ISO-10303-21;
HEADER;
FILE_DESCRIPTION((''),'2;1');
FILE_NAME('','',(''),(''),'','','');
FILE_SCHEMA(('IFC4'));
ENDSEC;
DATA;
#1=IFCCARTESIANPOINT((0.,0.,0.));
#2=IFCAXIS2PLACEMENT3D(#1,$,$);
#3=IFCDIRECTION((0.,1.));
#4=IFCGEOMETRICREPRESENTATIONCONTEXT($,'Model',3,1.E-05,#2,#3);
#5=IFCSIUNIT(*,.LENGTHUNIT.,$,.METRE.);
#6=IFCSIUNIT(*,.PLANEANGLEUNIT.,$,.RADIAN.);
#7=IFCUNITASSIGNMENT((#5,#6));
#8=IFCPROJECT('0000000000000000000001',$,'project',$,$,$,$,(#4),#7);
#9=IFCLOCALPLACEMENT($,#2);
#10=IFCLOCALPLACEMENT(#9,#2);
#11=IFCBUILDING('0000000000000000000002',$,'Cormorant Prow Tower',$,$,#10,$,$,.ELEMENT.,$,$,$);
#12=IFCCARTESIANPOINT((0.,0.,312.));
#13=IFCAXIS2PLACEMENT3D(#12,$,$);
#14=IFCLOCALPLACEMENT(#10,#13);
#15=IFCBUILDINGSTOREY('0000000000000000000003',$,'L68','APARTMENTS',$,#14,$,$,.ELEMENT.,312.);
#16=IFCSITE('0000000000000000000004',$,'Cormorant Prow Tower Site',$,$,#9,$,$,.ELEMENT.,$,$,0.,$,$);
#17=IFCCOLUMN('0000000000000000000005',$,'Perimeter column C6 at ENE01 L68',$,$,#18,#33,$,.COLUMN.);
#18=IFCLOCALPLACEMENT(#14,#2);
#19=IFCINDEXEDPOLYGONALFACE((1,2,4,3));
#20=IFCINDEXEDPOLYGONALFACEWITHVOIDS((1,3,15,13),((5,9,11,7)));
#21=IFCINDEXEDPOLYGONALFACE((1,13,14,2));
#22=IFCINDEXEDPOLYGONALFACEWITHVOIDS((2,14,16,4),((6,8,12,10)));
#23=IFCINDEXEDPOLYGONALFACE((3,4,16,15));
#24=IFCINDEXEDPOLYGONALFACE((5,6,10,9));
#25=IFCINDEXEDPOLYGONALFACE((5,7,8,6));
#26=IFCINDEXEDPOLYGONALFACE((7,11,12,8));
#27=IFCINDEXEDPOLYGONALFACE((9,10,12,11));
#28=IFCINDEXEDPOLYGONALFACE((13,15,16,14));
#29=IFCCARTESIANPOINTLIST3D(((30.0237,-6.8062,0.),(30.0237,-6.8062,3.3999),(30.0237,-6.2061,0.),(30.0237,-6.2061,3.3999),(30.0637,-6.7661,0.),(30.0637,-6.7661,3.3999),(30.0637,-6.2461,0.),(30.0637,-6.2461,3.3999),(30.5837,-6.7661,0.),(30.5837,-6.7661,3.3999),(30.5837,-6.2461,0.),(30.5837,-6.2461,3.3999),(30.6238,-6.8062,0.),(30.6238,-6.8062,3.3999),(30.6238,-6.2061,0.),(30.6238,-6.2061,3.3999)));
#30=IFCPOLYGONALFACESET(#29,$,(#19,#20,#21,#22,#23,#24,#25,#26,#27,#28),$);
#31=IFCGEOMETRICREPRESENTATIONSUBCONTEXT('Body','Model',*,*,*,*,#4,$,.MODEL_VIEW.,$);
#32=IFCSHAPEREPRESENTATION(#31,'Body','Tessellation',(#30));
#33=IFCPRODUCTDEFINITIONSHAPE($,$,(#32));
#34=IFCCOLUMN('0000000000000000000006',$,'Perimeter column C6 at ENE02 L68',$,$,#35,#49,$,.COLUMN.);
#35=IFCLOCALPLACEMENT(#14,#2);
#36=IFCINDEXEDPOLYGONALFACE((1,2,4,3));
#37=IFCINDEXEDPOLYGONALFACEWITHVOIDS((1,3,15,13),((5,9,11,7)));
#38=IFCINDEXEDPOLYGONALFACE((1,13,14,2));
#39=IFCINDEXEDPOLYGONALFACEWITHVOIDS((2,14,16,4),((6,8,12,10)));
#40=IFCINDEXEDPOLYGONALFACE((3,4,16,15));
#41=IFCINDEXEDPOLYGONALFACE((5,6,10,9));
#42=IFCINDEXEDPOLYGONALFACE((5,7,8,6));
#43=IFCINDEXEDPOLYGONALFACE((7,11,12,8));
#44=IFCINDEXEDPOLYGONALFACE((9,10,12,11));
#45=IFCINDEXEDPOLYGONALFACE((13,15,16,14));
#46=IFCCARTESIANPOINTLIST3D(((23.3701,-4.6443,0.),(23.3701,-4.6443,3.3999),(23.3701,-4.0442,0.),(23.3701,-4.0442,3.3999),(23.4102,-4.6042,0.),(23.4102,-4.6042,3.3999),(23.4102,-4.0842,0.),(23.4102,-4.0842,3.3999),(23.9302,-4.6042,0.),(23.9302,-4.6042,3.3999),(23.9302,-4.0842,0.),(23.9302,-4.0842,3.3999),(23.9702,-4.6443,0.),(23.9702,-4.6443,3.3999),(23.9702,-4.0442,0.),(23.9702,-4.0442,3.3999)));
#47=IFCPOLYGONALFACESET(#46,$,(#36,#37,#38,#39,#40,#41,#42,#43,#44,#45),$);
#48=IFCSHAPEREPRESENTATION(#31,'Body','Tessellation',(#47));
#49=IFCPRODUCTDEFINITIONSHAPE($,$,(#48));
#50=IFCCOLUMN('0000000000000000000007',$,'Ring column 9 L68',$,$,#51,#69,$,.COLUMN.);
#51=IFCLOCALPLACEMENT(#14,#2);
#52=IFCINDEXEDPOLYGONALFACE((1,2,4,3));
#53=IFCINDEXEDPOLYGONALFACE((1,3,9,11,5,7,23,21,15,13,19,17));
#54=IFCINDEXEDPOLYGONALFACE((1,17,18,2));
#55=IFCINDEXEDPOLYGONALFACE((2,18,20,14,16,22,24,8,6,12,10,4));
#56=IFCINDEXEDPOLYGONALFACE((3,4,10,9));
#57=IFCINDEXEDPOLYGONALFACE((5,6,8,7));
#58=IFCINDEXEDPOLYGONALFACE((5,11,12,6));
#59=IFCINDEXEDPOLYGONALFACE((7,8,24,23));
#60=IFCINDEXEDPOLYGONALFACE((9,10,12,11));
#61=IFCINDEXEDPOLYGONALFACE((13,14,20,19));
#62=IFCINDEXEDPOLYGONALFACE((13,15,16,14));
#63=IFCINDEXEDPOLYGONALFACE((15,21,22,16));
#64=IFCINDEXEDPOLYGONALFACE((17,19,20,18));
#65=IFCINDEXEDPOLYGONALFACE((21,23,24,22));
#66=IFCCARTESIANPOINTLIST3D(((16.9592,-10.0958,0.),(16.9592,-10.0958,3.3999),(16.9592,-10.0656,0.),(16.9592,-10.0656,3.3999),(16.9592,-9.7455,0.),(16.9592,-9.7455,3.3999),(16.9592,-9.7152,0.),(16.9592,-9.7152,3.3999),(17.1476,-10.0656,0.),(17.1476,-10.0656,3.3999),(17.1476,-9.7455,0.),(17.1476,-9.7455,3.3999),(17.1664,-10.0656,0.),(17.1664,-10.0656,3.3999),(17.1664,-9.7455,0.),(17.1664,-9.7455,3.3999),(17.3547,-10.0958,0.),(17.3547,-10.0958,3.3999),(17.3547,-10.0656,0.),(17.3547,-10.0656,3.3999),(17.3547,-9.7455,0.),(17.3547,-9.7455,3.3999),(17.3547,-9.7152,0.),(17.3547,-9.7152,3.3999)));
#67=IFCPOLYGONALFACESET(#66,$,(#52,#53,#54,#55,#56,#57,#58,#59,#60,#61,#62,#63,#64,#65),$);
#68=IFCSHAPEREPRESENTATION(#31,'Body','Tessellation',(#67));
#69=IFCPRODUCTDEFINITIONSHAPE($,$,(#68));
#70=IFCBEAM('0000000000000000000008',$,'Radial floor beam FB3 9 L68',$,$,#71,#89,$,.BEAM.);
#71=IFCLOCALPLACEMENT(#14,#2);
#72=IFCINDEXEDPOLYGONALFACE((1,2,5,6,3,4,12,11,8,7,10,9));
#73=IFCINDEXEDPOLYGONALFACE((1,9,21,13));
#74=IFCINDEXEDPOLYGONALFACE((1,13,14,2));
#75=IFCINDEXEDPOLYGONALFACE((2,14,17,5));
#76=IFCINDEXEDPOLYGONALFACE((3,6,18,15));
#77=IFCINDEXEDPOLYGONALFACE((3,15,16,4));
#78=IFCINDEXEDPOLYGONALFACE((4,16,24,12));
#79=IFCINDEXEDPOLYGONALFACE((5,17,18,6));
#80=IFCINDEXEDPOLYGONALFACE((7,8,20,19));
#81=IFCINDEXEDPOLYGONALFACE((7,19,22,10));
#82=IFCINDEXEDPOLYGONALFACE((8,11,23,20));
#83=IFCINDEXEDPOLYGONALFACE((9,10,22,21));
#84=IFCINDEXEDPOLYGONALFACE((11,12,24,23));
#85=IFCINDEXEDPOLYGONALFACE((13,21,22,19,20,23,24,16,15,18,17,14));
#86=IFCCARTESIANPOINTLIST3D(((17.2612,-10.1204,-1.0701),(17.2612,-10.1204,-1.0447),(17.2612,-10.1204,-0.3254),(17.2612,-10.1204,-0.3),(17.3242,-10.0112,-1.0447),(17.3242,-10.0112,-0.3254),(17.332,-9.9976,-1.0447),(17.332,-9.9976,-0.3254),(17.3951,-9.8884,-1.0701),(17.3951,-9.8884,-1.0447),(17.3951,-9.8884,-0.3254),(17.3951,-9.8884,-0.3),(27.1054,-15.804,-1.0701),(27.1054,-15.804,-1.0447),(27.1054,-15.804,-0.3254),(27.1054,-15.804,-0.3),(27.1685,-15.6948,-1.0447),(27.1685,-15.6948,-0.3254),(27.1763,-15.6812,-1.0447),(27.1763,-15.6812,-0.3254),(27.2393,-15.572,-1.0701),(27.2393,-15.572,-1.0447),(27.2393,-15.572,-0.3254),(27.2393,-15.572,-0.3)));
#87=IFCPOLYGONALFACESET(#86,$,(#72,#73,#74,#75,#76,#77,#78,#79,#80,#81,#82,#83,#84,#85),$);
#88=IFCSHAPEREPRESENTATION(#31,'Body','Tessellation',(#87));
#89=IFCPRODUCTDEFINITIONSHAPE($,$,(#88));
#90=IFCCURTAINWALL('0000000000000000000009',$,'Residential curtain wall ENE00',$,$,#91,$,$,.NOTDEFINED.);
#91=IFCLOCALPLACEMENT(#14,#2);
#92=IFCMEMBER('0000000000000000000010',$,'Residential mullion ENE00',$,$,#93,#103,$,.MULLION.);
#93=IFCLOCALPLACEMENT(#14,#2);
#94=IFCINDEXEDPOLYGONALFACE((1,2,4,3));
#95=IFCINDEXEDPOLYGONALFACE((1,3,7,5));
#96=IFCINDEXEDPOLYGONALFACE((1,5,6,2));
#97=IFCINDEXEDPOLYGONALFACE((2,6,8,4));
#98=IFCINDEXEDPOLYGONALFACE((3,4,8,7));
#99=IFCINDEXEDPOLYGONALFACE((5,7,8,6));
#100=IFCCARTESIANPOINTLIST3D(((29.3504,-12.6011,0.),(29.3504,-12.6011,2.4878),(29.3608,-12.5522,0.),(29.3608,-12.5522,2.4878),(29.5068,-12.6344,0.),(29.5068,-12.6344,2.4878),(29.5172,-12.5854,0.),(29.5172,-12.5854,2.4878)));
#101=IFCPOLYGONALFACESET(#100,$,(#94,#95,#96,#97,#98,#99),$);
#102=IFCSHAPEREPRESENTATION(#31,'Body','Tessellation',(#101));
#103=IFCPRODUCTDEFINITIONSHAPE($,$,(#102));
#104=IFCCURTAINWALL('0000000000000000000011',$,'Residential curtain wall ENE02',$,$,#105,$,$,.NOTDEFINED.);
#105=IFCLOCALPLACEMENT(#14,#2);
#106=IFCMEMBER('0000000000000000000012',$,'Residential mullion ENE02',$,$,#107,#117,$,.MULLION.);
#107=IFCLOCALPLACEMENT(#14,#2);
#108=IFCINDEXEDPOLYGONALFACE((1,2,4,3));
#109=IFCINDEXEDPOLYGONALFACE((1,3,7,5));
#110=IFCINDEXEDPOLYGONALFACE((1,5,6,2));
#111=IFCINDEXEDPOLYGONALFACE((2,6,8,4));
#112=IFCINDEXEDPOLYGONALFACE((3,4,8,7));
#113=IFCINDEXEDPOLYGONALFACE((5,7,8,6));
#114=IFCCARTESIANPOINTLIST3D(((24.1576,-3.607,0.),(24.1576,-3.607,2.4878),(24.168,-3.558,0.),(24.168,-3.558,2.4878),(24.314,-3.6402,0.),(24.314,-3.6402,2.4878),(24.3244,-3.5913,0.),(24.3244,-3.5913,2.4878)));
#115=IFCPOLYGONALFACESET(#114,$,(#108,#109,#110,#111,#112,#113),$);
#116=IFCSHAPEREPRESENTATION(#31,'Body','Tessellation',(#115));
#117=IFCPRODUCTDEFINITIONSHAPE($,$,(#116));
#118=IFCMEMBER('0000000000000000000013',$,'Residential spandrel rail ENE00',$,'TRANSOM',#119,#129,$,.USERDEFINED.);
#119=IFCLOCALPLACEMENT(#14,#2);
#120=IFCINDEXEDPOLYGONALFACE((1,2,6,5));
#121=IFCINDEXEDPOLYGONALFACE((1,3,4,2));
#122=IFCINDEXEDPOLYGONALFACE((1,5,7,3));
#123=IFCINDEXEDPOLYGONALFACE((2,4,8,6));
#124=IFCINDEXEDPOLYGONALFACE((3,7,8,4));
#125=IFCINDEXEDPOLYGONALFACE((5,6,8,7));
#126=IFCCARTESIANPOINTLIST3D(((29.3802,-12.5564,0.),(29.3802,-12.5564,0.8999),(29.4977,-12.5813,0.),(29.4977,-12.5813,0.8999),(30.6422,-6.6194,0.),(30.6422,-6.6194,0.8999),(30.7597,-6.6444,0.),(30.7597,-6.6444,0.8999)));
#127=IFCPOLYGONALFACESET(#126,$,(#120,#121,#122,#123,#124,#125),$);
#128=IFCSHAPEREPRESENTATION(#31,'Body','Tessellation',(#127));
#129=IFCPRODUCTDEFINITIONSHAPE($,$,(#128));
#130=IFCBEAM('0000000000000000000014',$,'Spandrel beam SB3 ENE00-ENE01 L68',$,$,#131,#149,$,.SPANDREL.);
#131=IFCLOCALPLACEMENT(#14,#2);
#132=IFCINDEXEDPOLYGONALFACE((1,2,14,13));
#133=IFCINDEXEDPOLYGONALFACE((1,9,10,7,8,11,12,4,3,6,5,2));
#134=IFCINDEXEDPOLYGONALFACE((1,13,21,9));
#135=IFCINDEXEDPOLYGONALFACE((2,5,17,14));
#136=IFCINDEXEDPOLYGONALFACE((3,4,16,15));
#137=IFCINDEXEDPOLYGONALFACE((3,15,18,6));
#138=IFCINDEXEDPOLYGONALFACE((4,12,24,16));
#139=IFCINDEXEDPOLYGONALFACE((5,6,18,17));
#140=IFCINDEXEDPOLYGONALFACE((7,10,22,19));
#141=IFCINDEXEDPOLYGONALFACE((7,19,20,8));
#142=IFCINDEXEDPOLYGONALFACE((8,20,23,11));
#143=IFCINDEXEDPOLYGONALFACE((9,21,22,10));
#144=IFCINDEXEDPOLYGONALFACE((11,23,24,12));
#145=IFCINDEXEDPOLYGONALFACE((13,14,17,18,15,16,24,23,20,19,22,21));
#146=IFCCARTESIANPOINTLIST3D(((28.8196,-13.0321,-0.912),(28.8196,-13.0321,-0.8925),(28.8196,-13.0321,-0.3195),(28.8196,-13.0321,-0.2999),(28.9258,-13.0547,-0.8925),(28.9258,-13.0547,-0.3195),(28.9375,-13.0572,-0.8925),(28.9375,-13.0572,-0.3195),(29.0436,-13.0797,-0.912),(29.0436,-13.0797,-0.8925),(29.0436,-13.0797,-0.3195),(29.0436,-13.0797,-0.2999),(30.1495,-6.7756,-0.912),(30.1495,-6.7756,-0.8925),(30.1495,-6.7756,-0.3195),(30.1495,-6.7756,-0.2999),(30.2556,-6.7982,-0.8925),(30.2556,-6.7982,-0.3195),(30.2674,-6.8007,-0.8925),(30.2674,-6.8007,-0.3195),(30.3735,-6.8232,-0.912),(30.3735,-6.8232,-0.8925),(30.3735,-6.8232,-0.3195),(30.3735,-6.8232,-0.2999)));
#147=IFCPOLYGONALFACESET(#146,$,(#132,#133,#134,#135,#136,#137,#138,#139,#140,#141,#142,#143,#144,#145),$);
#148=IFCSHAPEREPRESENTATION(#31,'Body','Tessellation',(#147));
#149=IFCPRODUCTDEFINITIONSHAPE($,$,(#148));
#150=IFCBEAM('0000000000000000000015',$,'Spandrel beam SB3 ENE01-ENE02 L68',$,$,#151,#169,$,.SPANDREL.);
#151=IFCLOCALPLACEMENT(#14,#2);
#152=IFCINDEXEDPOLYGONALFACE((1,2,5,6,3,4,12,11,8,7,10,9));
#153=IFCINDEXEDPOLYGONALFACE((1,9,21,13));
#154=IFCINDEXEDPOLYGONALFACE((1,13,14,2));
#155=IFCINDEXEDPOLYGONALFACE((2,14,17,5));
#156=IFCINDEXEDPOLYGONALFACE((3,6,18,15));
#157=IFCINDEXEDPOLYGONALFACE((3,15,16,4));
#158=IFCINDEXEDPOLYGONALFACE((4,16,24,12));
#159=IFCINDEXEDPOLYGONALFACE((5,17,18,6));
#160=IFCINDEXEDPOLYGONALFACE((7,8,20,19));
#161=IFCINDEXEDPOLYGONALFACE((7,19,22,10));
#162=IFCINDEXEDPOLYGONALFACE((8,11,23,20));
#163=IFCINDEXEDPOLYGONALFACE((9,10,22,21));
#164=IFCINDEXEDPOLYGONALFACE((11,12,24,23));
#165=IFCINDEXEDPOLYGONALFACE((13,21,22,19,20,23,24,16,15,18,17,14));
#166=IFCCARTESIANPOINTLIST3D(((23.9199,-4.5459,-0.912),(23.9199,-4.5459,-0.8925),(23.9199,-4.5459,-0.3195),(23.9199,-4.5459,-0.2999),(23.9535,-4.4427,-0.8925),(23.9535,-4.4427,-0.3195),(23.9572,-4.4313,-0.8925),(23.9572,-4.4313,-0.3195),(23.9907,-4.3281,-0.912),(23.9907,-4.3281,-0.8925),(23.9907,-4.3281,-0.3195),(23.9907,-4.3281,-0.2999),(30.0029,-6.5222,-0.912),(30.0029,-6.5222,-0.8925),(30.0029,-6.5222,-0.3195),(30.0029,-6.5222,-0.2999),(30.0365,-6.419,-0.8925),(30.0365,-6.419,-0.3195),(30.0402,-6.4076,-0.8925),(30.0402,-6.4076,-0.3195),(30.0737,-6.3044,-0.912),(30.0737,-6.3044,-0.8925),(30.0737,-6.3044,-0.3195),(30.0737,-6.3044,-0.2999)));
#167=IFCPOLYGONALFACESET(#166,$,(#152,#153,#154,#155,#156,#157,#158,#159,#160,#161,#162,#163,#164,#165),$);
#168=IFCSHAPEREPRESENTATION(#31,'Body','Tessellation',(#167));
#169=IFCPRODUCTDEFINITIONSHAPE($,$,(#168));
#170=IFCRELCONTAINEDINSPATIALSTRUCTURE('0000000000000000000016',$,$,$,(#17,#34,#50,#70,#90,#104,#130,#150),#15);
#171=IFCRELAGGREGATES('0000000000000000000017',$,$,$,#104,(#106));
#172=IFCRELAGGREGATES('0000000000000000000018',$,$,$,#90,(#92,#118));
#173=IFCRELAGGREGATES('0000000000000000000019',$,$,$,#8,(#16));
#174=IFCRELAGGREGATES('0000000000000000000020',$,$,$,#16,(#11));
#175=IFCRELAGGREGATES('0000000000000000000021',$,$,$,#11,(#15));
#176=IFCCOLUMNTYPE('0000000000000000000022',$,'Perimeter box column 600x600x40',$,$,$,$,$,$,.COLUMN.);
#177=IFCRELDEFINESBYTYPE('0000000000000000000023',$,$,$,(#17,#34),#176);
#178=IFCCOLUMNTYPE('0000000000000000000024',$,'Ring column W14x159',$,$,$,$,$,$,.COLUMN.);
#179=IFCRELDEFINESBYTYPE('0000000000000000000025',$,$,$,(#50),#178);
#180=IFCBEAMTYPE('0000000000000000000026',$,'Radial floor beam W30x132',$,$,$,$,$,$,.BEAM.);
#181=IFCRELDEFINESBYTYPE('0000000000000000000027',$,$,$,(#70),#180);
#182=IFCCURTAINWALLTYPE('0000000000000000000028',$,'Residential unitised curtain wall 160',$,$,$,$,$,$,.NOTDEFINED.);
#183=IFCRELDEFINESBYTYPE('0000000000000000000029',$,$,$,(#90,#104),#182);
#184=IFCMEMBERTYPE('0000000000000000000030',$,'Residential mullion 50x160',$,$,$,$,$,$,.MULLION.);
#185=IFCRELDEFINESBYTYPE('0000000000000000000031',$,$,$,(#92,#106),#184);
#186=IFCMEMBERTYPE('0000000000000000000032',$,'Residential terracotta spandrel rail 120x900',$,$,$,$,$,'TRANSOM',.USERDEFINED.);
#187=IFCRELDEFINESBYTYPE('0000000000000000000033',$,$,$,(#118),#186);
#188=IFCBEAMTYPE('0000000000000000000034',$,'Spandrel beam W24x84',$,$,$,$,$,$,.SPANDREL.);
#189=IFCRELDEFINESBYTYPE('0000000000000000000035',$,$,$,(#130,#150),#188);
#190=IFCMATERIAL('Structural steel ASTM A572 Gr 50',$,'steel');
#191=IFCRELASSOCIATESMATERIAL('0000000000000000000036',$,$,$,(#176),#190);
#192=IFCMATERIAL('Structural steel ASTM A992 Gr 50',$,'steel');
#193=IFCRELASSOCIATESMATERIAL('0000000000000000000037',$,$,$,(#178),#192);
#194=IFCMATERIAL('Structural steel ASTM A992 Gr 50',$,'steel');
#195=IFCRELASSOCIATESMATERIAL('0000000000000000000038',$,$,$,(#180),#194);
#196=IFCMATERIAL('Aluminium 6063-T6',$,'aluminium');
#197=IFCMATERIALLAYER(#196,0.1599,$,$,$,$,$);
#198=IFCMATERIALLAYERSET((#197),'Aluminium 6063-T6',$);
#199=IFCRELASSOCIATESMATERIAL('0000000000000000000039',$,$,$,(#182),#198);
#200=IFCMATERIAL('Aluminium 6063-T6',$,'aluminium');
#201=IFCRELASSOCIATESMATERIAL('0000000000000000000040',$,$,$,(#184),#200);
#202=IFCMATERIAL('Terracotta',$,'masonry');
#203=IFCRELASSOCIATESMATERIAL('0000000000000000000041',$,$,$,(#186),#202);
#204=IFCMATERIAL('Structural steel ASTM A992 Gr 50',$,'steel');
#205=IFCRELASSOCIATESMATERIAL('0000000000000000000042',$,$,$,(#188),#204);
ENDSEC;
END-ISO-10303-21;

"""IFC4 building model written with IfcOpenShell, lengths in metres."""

from ifc_helpers import new_model, si_unit, direction, frame, origin, origin_2d, place, context, subcontext, project, spatial, rectangle, hollow_rectangle, i_section, extrude, material, layer, layer_set, material_profile, profile_set, type_object, element, aggregate, save


model = new_model("IFC4")

# Units and contexts
model_context = context("Model", 3, precision=1e-05, world=origin(), true_north=direction((0.0, 1.0)))
body_context = subcontext(model_context, "Body", "Model", "MODEL_VIEW")
ifc_project = project(units=[si_unit("LENGTHUNIT", "METRE"), si_unit("PLANEANGLEUNIT", "RADIAN")], contexts=[model_context])

# Site, building, storey
site_placement = place(None, origin())
site = spatial("IfcSite", under=ifc_project, at=site_placement, Name="Cormorant Prow Tower Site", CompositionType="ELEMENT", RefElevation=0.0)
building_placement = place(site_placement, origin())
building = spatial("IfcBuilding", under=site, at=building_placement, Name="Cormorant Prow Tower", CompositionType="ELEMENT")
storey_placement = place(building_placement, frame((0.0, 0.0, 312.0)))
storey = spatial("IfcBuildingStorey", under=building, at=storey_placement, Name="L68", Description="APARTMENTS", CompositionType="ELEMENT", Elevation=312.0)

# Columns
ifc_material_1 = material(Name="Structural steel ASTM A572 Gr 50", Category="steel")
ifc_material_profile_1 = material_profile(ifc_material_1, hollow_rectangle(XDim=0.6001, YDim=0.6001, WallThickness=0.04, at=origin_2d()), Name="Box 600x600x40")
ifc_profile_set_1 = profile_set([ifc_material_profile_1], Name="Structural steel ASTM A572 Gr 50")
column_type_1 = type_object("IfcColumnType", Name="Perimeter box column 600x600x40", PredefinedType="COLUMN", material=ifc_profile_set_1)
for number, where, z_axis, x_axis, name in (
    (1, (30.3237, -6.5061, 0.0), (0.0, 0.0, 1.0), (1.0, 0.0, 0.0), "Perimeter column C6 at ENE01 L68"),
    (2, (23.6702, -4.3442, 0.0), (0.0, 0.0, 1.0), (1.0, 0.0, 0.0), "Perimeter column C6 at ENE02 L68"),
):
    element("IfcColumn", number, at=place(storey_placement, frame(where, z_axis=z_axis, x_axis=x_axis)), inside=storey, type_object=column_type_1, Name=name, PredefinedType="COLUMN", context=body_context, shape_type="SweptSolid", body=[
        extrude(hollow_rectangle(XDim=0.6001, YDim=0.6001, WallThickness=0.04, at=origin_2d()), origin(), (0.0, 0.0, 1.0), 3.3999),
    ])
ifc_material_2 = material(Name="Structural steel ASTM A992 Gr 50", Category="steel")
ifc_material_profile_2 = material_profile(ifc_material_2, i_section(OverallWidth=0.3955, OverallDepth=0.3806, WebThickness=0.0188, FlangeThickness=0.0303, at=origin_2d()), Name="W14x159")
ifc_profile_set_2 = profile_set([ifc_material_profile_2], Name="Structural steel ASTM A992 Gr 50")
column_type_2 = type_object("IfcColumnType", Name="Ring column W14x159", PredefinedType="COLUMN", material=ifc_profile_set_2)
column_placement = place(storey_placement, frame((17.157, -9.9055, 0.0), z_axis=(0.0, 0.0, 1.0), x_axis=(1.0, 0.0, 0.0)))
element("IfcColumn", 3, at=column_placement, inside=storey, type_object=column_type_2, Name="Ring column 9 L68", PredefinedType="COLUMN", context=body_context, shape_type="SweptSolid", body=[
    extrude(i_section(OverallWidth=0.3955, OverallDepth=0.3806, WebThickness=0.0188, FlangeThickness=0.0303, at=origin_2d()), origin(), (0.0, 0.0, 1.0), 3.3999),
])

# Beam
ifc_material_3 = material(Name="Structural steel ASTM A992 Gr 50", Category="steel")
ifc_material_profile_3 = material_profile(ifc_material_3, i_section(OverallWidth=0.2678, OverallDepth=0.77, WebThickness=0.0156, FlangeThickness=0.0254, at=origin_2d()), Name="W30x132")
ifc_profile_set_3 = profile_set([ifc_material_profile_3], Name="Structural steel ASTM A992 Gr 50")
beam_type_1 = type_object("IfcBeamType", Name="Radial floor beam W30x132", PredefinedType="BEAM", material=ifc_profile_set_3)
beam_1_placement = place(storey_placement, frame((17.3281, -10.0044, -0.6851), z_axis=(0.866025, -0.500001, 0.0), x_axis=(0.500001, 0.866025, 0.0)))
element("IfcBeam", 4, at=beam_1_placement, inside=storey, type_object=beam_type_1, Name="Radial floor beam FB3 9 L68", PredefinedType="BEAM", context=body_context, shape_type="SweptSolid", body=[
    extrude(i_section(OverallWidth=0.2678, OverallDepth=0.77, WebThickness=0.0156, FlangeThickness=0.0254, at=origin_2d()), origin(), (0.0, 0.0, 1.0), 11.3672),
])

# Curtain walls, members
ifc_material_4 = material(Name="Aluminium 6063-T6", Category="aluminium")
ifc_layer_1 = layer(ifc_material_4, 0.1599)
ifc_layer_set_1 = layer_set([ifc_layer_1], Name="Aluminium 6063-T6")
curtain_wall_type = type_object("IfcCurtainWallType", Name="Residential unitised curtain wall 160", PredefinedType="NOTDEFINED", material=ifc_layer_set_1)
curtain_wall_1_placement = place(storey_placement, origin())
curtain_wall_1 = element("IfcCurtainWall", 5, at=curtain_wall_1_placement, inside=storey, type_object=curtain_wall_type, Name="Residential curtain wall ENE00", PredefinedType="NOTDEFINED")
ifc_material_5 = material(Name="Aluminium 6063-T6", Category="aluminium")
ifc_material_profile_4 = material_profile(ifc_material_5, rectangle(XDim=0.1599, YDim=0.05, at=origin_2d()), Name="Residential mullion 50x160")
ifc_profile_set_4 = profile_set([ifc_material_profile_4], Name="Aluminium 6063-T6")
member_type_1 = type_object("IfcMemberType", Name="Residential mullion 50x160", PredefinedType="MULLION", material=ifc_profile_set_4)
member_1_placement = place(storey_placement, frame((29.4338, -12.5933, 0.0), z_axis=(0.0, 0.0, 1.0), x_axis=(-0.978148, 0.207912, 0.0)))
member_1 = element("IfcMember", 6, at=member_1_placement, type_object=member_type_1, Name="Residential mullion ENE00", PredefinedType="MULLION", context=body_context, shape_type="SweptSolid", body=[
    extrude(rectangle(XDim=0.1599, YDim=0.05, at=origin_2d()), origin(), (0.0, 0.0, 1.0), 2.4878),
])
curtain_wall_2_placement = place(storey_placement, origin())
curtain_wall_2 = element("IfcCurtainWall", 7, at=curtain_wall_2_placement, inside=storey, type_object=curtain_wall_type, Name="Residential curtain wall ENE02", PredefinedType="NOTDEFINED")
member_2_placement = place(storey_placement, frame((24.241, -3.5991, 0.0), z_axis=(0.0, 0.0, 1.0), x_axis=(-0.978148, 0.207912, 0.0)))
member_2 = element("IfcMember", 8, at=member_2_placement, type_object=member_type_1, Name="Residential mullion ENE02", PredefinedType="MULLION", context=body_context, shape_type="SweptSolid", body=[
    extrude(rectangle(XDim=0.1599, YDim=0.05, at=origin_2d()), origin(), (0.0, 0.0, 1.0), 2.4878),
])
aggregate(curtain_wall_2, [member_2])

# Member
ifc_material_6 = material(Name="Terracotta", Category="masonry")
ifc_material_profile_5 = material_profile(ifc_material_6, rectangle(XDim=0.1201, YDim=0.8999, at=origin_2d()), Name="Residential terracotta spandrel rail 120x900")
ifc_profile_set_5 = profile_set([ifc_material_profile_5], Name="Terracotta")
member_type_2 = type_object("IfcMemberType", Name="Residential terracotta spandrel rail 120x900", ElementType="TRANSOM", PredefinedType="USERDEFINED", material=ifc_profile_set_5)
member_3_placement = place(storey_placement, frame((29.439, -12.5688, 0.45), z_axis=(0.207914, 0.978147, 0.0), x_axis=(-0.978147, 0.207914, 0.0)))
member_3 = element("IfcMember", 9, at=member_3_placement, type_object=member_type_2, Name="Residential spandrel rail ENE00", ObjectType="TRANSOM", PredefinedType="USERDEFINED", context=body_context, shape_type="SweptSolid", body=[
    extrude(rectangle(XDim=0.1201, YDim=0.8999, at=origin_2d()), origin(), (0.0, 0.0, 1.0), 6.0696),
])

# Beams
ifc_material_7 = material(Name="Structural steel ASTM A992 Gr 50", Category="steel")
ifc_material_profile_6 = material_profile(ifc_material_7, i_section(OverallWidth=0.229, OverallDepth=0.6121, WebThickness=0.012, FlangeThickness=0.0195, at=origin_2d()), Name="W24x84")
ifc_profile_set_6 = profile_set([ifc_material_profile_6], Name="Structural steel ASTM A992 Gr 50")
beam_type_2 = type_object("IfcBeamType", Name="Spandrel beam W24x84", PredefinedType="SPANDREL", material=ifc_profile_set_6)
beam_2_placement = place(storey_placement, frame((28.9316, -13.0559, -0.606), z_axis=(0.207913, 0.978147, 0.0), x_axis=(-0.978147, 0.207913, 0.0)))
element("IfcBeam", 10, at=beam_2_placement, inside=storey, type_object=beam_type_2, Name="Spandrel beam SB3 ENE00-ENE01 L68", PredefinedType="SPANDREL", context=body_context, shape_type="SweptSolid", body=[
    extrude(i_section(OverallWidth=0.229, OverallDepth=0.6121, WebThickness=0.012, FlangeThickness=0.0195, at=origin_2d()), origin(), (0.0, 0.0, 1.0), 6.3962),
])
beam_3_placement = place(storey_placement, frame((30.0383, -6.4133, -0.606), z_axis=(-0.951064, 0.308993, 0.0), x_axis=(-0.308993, -0.951064, 0.0)))
element("IfcBeam", 11, at=beam_3_placement, inside=storey, type_object=beam_type_2, Name="Spandrel beam SB3 ENE01-ENE02 L68", PredefinedType="SPANDREL", context=body_context, shape_type="SweptSolid", body=[
    extrude(i_section(OverallWidth=0.229, OverallDepth=0.6121, WebThickness=0.012, FlangeThickness=0.0195, at=origin_2d()), origin(), (0.0, 0.0, 1.0), 6.396),
])

aggregate(curtain_wall_1, [member_1, member_3])

save(model, "model.ifc")
